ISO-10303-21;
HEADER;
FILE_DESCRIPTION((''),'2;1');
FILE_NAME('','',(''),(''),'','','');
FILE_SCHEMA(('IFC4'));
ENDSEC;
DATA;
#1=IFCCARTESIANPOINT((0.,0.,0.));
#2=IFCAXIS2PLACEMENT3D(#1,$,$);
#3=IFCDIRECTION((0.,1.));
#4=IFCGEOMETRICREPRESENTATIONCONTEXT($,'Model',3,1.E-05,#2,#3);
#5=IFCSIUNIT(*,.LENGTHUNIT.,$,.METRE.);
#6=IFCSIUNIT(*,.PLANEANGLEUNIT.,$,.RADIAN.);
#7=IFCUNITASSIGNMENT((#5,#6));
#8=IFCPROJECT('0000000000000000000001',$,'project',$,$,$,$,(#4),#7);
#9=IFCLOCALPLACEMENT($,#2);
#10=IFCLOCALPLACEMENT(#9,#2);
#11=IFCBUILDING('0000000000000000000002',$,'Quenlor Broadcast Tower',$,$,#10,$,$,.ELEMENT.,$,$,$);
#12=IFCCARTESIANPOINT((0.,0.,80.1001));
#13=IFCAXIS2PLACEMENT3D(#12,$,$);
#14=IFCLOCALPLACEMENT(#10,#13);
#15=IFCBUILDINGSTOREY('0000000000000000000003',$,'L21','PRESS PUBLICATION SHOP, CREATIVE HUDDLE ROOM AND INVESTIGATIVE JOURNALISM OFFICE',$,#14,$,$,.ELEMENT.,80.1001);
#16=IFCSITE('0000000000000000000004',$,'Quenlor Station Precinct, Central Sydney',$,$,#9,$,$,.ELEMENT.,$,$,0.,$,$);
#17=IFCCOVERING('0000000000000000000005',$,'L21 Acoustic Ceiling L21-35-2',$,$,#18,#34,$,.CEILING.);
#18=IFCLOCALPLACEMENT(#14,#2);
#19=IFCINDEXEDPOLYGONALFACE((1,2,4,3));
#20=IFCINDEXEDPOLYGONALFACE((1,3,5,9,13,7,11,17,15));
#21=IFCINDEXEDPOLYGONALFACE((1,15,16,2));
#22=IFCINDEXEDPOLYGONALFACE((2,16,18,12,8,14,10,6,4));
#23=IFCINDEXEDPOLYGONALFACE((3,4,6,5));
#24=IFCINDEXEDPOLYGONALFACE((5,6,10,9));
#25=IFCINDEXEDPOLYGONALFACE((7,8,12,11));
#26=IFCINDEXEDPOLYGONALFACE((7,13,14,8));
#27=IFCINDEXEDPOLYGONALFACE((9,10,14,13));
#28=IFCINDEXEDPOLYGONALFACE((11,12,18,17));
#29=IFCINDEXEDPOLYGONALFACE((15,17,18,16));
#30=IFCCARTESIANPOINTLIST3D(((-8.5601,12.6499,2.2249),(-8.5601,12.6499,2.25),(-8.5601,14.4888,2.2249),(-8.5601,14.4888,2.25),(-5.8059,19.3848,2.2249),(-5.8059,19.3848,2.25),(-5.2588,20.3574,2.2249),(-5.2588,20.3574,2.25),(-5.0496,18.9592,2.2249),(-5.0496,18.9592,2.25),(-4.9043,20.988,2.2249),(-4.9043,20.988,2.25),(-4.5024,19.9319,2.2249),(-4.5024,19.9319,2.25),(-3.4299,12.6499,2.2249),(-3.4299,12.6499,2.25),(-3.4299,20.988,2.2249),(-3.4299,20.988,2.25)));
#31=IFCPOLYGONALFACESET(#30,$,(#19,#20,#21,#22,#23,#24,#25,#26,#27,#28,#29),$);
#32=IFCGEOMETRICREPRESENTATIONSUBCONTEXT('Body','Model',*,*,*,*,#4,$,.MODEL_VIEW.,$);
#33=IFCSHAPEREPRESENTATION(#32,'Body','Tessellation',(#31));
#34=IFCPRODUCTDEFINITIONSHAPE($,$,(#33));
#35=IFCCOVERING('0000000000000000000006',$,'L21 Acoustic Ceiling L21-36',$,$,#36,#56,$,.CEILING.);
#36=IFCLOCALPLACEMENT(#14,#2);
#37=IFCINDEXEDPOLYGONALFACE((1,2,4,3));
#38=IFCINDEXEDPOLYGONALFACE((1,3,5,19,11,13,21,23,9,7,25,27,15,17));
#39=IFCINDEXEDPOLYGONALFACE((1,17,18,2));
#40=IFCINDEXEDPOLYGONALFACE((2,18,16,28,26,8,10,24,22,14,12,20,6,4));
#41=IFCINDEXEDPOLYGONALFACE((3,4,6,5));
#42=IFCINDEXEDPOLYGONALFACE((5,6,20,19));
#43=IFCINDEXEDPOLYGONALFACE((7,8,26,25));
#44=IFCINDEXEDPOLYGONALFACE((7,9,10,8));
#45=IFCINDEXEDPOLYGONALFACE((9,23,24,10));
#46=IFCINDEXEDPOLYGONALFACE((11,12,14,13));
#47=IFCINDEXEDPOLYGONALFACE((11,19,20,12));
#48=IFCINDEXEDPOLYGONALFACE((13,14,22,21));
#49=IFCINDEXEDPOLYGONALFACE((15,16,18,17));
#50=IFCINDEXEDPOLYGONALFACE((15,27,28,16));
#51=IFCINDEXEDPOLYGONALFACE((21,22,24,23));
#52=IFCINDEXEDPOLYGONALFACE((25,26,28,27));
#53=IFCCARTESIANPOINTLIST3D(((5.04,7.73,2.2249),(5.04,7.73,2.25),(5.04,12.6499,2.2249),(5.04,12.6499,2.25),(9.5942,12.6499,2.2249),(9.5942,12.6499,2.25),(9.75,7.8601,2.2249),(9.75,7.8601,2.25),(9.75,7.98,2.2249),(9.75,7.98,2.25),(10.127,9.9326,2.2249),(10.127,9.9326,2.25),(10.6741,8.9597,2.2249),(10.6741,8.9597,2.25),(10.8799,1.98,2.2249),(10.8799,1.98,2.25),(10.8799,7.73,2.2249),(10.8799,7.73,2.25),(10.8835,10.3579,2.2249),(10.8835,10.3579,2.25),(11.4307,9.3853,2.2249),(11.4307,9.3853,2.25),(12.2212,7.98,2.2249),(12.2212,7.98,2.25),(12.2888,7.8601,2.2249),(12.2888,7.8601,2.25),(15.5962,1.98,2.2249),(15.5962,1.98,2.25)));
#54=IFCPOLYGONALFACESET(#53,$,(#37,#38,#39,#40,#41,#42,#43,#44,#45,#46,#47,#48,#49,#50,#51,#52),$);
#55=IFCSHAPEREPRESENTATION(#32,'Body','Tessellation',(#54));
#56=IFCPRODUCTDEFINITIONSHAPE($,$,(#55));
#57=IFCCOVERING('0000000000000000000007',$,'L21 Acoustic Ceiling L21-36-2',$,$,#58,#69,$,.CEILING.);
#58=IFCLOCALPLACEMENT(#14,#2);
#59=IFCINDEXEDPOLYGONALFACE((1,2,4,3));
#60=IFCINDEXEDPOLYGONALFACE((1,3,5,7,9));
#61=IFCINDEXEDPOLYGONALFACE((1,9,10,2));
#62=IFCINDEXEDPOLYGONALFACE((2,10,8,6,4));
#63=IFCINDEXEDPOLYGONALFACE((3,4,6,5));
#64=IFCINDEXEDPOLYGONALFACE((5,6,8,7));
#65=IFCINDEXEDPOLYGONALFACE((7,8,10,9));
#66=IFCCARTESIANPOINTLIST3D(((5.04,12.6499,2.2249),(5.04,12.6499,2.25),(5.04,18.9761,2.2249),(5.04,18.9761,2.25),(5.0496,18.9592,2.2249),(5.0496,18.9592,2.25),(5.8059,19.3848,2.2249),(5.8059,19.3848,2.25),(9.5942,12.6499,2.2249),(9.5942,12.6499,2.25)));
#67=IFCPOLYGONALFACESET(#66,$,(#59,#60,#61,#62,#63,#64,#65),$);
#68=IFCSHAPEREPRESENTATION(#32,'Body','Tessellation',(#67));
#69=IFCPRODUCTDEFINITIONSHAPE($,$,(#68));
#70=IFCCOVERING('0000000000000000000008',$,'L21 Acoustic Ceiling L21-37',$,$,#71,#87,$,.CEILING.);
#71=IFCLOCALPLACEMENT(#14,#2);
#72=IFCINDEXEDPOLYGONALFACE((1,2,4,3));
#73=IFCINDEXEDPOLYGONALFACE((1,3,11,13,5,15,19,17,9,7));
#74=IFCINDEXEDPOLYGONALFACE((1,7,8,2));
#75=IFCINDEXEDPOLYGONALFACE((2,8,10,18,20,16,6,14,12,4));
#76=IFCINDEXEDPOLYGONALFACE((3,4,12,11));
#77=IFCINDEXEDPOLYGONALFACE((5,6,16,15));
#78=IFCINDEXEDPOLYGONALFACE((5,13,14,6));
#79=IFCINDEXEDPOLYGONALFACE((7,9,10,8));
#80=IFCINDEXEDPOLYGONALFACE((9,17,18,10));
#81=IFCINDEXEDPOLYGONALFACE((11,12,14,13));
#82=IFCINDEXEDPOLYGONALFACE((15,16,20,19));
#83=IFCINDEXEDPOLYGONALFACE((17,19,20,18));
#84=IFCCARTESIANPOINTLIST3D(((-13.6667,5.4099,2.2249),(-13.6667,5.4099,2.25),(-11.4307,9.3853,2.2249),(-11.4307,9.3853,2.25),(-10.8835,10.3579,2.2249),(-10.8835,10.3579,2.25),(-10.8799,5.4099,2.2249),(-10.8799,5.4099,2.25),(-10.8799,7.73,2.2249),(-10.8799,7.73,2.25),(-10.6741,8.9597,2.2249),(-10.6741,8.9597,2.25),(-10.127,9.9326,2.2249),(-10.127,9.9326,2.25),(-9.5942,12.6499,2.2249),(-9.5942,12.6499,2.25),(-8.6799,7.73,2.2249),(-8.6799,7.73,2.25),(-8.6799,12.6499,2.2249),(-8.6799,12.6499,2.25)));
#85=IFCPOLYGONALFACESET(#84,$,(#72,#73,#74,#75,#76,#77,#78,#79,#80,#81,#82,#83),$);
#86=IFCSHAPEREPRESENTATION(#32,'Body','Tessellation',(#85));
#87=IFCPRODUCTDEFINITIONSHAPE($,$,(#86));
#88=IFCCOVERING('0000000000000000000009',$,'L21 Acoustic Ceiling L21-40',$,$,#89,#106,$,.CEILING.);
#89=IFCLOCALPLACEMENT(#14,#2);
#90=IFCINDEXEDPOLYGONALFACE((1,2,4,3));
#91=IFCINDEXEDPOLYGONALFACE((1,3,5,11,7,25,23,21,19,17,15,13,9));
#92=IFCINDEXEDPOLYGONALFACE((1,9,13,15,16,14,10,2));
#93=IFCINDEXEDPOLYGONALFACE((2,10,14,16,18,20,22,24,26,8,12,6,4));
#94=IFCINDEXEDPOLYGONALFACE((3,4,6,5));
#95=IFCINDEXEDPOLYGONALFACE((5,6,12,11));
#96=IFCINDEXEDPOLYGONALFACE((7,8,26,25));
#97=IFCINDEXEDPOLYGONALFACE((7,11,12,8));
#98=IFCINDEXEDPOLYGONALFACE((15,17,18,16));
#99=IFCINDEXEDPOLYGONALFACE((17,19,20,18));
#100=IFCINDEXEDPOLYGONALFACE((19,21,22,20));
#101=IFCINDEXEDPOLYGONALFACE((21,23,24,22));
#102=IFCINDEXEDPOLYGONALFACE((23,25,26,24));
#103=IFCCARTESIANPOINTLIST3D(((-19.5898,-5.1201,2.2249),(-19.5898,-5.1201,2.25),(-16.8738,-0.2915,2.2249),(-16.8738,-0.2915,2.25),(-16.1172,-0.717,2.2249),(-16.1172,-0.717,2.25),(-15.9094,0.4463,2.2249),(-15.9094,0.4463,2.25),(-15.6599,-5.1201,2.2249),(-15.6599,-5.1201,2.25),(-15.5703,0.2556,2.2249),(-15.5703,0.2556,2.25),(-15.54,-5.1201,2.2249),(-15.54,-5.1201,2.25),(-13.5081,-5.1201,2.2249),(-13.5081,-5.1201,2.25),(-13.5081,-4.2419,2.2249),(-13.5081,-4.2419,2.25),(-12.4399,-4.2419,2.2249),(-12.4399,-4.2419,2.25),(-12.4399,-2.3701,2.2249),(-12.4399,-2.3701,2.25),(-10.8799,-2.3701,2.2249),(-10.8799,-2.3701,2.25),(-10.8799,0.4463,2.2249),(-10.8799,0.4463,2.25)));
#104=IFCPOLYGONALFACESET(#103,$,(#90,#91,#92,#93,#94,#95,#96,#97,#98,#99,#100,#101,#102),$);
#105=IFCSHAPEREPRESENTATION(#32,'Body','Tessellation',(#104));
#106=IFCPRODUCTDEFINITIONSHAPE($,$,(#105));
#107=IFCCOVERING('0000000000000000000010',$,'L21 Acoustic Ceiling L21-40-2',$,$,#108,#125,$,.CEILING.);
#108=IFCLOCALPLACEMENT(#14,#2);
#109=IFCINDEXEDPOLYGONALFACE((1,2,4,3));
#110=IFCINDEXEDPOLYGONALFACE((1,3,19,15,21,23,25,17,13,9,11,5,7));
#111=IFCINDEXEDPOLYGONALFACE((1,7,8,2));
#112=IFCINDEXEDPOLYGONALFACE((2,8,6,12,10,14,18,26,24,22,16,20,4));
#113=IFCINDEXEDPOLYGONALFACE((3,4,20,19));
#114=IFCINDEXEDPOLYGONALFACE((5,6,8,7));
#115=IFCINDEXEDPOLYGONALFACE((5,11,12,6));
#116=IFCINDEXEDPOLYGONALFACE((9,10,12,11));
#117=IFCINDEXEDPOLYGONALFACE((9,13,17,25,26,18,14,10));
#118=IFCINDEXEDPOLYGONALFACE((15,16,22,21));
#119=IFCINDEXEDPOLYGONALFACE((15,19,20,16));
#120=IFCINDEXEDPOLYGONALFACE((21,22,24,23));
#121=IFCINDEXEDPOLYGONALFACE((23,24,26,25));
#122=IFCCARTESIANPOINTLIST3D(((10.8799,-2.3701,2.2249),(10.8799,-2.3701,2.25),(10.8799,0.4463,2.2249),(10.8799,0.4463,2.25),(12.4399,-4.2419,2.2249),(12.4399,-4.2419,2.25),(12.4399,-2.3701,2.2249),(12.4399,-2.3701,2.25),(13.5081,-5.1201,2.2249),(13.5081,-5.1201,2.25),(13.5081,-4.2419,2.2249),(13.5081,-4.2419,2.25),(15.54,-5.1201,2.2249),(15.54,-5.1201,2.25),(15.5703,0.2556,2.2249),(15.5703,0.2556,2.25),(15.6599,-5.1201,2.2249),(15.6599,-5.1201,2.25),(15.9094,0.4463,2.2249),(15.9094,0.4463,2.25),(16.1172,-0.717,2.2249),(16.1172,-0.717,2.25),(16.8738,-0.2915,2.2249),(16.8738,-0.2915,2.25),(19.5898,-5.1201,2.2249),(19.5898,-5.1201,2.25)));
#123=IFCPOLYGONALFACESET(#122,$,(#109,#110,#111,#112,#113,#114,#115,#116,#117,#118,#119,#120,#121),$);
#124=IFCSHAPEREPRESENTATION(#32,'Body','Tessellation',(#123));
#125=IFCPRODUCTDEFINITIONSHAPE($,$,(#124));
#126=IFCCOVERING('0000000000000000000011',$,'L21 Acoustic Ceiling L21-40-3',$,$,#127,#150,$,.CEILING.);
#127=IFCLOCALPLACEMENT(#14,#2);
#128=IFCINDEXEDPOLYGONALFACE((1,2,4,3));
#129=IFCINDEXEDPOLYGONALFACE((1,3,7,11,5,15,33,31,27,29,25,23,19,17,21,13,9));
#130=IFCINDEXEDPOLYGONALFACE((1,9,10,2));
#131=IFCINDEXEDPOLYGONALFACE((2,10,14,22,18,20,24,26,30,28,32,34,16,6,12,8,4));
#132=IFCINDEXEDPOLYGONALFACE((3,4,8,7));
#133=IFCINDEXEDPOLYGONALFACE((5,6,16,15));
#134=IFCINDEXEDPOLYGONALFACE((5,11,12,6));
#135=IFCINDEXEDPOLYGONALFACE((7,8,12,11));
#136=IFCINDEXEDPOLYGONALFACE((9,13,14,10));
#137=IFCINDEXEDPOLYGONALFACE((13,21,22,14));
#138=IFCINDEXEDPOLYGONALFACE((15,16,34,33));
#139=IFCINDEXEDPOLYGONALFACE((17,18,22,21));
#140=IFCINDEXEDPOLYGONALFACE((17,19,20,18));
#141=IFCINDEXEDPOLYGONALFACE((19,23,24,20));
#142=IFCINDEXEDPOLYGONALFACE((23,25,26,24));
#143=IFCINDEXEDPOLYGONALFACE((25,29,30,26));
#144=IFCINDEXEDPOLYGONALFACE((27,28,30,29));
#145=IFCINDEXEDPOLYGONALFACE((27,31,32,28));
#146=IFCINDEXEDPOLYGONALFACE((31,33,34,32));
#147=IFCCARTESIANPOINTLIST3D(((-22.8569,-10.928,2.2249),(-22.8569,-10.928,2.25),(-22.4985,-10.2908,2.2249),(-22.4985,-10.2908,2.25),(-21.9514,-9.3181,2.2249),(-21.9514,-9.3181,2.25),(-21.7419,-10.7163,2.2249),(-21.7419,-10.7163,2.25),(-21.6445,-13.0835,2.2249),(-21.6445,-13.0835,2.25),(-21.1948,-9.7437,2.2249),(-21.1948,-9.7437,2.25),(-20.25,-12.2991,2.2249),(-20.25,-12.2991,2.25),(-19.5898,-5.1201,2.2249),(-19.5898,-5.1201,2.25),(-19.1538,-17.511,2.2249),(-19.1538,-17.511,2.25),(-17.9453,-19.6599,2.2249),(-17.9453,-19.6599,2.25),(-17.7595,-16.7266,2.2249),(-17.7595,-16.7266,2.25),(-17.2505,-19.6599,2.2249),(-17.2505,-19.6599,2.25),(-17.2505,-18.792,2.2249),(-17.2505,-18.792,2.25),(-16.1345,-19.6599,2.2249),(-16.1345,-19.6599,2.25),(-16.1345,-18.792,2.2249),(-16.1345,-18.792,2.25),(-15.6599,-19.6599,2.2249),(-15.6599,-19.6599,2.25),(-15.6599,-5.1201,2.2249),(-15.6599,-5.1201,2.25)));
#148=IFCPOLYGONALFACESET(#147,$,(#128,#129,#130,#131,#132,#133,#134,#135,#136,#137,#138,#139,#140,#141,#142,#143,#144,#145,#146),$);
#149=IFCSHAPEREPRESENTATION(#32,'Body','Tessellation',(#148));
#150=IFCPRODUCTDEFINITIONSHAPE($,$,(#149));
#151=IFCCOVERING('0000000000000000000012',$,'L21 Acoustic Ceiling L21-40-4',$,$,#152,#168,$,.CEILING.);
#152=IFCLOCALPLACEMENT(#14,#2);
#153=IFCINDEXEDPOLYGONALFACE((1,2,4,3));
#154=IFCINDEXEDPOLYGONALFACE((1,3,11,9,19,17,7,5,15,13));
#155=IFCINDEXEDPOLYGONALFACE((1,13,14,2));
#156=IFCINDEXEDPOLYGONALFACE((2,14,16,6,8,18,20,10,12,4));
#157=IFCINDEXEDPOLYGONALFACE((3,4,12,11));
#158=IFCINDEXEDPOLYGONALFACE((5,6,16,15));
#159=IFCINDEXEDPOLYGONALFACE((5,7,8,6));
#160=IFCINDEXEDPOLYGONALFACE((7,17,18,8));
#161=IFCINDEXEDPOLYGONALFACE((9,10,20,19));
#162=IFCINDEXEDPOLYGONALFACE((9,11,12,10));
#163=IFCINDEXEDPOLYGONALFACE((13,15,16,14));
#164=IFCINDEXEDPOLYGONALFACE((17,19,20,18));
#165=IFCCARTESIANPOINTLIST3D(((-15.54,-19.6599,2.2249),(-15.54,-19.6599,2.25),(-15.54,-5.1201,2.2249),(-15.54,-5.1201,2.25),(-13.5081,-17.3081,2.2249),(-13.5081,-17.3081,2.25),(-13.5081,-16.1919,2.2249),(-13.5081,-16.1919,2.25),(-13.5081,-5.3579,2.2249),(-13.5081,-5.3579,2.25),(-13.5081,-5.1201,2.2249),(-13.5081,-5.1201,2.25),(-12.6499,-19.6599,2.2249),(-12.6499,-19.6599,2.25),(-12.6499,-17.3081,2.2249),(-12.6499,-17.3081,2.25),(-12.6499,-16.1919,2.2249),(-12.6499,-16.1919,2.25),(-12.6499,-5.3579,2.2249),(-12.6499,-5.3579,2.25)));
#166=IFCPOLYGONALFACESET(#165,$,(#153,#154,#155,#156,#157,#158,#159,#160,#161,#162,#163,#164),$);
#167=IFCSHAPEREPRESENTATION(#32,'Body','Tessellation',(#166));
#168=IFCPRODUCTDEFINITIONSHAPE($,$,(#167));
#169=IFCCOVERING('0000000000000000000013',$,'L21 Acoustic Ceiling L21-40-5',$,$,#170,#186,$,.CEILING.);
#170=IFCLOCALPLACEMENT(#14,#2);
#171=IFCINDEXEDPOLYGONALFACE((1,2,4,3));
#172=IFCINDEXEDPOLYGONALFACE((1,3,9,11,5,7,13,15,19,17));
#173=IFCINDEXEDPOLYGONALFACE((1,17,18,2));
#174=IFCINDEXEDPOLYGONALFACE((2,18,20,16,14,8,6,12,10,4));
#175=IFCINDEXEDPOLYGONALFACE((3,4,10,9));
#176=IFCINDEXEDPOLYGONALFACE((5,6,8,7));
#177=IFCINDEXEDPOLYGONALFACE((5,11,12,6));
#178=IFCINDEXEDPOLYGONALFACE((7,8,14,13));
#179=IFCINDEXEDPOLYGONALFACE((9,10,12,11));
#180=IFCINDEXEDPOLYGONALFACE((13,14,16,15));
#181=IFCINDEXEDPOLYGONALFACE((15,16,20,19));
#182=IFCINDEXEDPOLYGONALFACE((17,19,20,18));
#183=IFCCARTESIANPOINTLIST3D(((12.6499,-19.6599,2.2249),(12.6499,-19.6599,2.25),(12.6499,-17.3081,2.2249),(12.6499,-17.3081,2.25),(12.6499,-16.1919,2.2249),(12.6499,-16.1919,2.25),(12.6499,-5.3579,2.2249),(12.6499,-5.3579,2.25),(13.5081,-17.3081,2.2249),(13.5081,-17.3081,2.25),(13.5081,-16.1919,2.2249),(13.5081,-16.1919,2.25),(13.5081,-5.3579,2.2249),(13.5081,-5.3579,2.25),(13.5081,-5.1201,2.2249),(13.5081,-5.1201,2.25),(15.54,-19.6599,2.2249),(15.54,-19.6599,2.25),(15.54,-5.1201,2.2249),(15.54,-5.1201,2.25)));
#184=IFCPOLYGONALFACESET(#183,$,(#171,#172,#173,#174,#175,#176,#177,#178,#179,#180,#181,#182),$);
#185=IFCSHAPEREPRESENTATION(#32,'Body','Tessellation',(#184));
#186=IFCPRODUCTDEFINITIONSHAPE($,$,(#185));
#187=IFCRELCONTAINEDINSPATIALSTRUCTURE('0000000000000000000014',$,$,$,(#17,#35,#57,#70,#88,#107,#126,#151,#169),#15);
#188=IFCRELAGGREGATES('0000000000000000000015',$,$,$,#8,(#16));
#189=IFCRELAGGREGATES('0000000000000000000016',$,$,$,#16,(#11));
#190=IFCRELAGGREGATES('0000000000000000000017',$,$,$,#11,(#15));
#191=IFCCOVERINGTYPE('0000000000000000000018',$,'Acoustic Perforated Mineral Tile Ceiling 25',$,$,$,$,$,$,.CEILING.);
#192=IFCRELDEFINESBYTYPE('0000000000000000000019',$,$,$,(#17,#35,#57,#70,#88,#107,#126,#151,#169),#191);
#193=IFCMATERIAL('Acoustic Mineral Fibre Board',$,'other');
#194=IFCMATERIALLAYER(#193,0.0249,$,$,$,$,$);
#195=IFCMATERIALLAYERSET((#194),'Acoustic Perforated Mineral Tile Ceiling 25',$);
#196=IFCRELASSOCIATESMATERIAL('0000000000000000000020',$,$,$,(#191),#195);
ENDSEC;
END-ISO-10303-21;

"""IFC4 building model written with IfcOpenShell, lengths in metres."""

from ifc_helpers import new_model, si_unit, direction, frame, origin, place, context, subcontext, project, spatial, polyline, outline, extrude, material, layer, layer_set, type_object, element, save


model = new_model("IFC4")

# Units and contexts
model_context = context("Model", 3, precision=1e-05, world=origin(), true_north=direction((0.0, 1.0)))
body_context = subcontext(model_context, "Body", "Model", "MODEL_VIEW")
ifc_project = project(units=[si_unit("LENGTHUNIT", "METRE"), si_unit("PLANEANGLEUNIT", "RADIAN")], contexts=[model_context])

# Site, building, storey
site_placement = place(None, origin())
site = spatial("IfcSite", under=ifc_project, at=site_placement, Name="Quenlor Station Precinct, Central Sydney", CompositionType="ELEMENT", RefElevation=0.0)
building_placement = place(site_placement, origin())
building = spatial("IfcBuilding", under=site, at=building_placement, Name="Quenlor Broadcast Tower", CompositionType="ELEMENT")
storey_placement = place(building_placement, frame((0.0, 0.0, 80.1001)))
storey = spatial("IfcBuildingStorey", under=building, at=storey_placement, Name="L21", Description="PRESS PUBLICATION SHOP, CREATIVE HUDDLE ROOM AND INVESTIGATIVE JOURNALISM OFFICE", CompositionType="ELEMENT", Elevation=80.1001)

# Coverings
ifc_material_1 = material(Name="Acoustic Mineral Fibre Board", Category="other")
ifc_layer_1 = layer(ifc_material_1, 0.0249)
ifc_layer_set_1 = layer_set([ifc_layer_1], Name="Acoustic Perforated Mineral Tile Ceiling 25")
covering_type_1 = type_object("IfcCoveringType", Name="Acoustic Perforated Mineral Tile Ceiling 25", PredefinedType="CEILING", material=ifc_layer_set_1)
covering_1_placement = place(storey_placement, frame((0.0, 0.0, 2.2249)))
element("IfcCovering", 1, at=covering_1_placement, inside=storey, type_object=covering_type_1, Name="L21 Acoustic Ceiling L21-35-2", PredefinedType="CEILING", context=body_context, shape_type="SweptSolid", body=[
    extrude(outline(polyline([(-5.8059, 19.3848), (-5.0496, 18.9592), (-4.5024, 19.9319), (-5.2588, 20.3574), (-4.9043, 20.988), (-3.4299, 20.988), (-3.4299, 12.6499), (-8.5601, 12.6499), (-8.5601, 14.4888), (-5.8059, 19.3848)])), origin(), (0.0, 0.0, 1.0), 0.0251),
])
covering_2_placement = place(storey_placement, frame((0.0, 0.0, 2.2249)))
element("IfcCovering", 2, at=covering_2_placement, inside=storey, type_object=covering_type_1, Name="L21 Acoustic Ceiling L21-36", PredefinedType="CEILING", context=body_context, shape_type="SweptSolid", body=[
    extrude(outline(polyline([(12.2888, 7.8601), (15.5962, 1.98), (10.8799, 1.98), (10.8799, 7.73), (5.04, 7.73), (5.04, 12.6499), (9.5942, 12.6499), (10.8835, 10.3579), (10.127, 9.9326), (10.6741, 8.9597), (11.4307, 9.3853), (12.2212, 7.98), (9.75, 7.98), (9.75, 7.8601), (12.2888, 7.8601)])), origin(), (0.0, 0.0, 1.0), 0.0251),
])
covering_3_placement = place(storey_placement, frame((0.0, 0.0, 2.2249)))
element("IfcCovering", 3, at=covering_3_placement, inside=storey, type_object=covering_type_1, Name="L21 Acoustic Ceiling L21-36-2", PredefinedType="CEILING", context=body_context, shape_type="SweptSolid", body=[
    extrude(outline(polyline([(5.04, 18.9761), (5.0496, 18.9592), (5.8059, 19.3848), (9.5942, 12.6499), (5.04, 12.6499), (5.04, 18.9761)])), origin(), (0.0, 0.0, 1.0), 0.0251),
])
covering_4_placement = place(storey_placement, frame((0.0, 0.0, 2.2249)))
element("IfcCovering", 4, at=covering_4_placement, inside=storey, type_object=covering_type_1, Name="L21 Acoustic Ceiling L21-37", PredefinedType="CEILING", context=body_context, shape_type="SweptSolid", body=[
    extrude(outline(polyline([(-10.8799, 5.4099), (-13.6667, 5.4099), (-11.4307, 9.3853), (-10.6741, 8.9597), (-10.127, 9.9326), (-10.8835, 10.3579), (-9.5942, 12.6499), (-8.6799, 12.6499), (-8.6799, 7.73), (-10.8799, 7.73), (-10.8799, 5.4099)])), origin(), (0.0, 0.0, 1.0), 0.0251),
])
covering_5_placement = place(storey_placement, frame((0.0, 0.0, 2.2249)))
element("IfcCovering", 5, at=covering_5_placement, inside=storey, type_object=covering_type_1, Name="L21 Acoustic Ceiling L21-40", PredefinedType="CEILING", context=body_context, shape_type="SweptSolid", body=[
    extrude(outline(polyline([(-16.8738, -0.2915), (-16.1172, -0.717), (-15.5703, 0.2556), (-15.9094, 0.4463), (-10.8799, 0.4463), (-10.8799, -2.3701), (-12.4399, -2.3701), (-12.4399, -4.2419), (-13.5081, -4.2419), (-13.5081, -5.1201), (-15.54, -5.1201), (-15.6599, -5.1201), (-19.5898, -5.1201), (-16.8738, -0.2915)])), origin(), (0.0, 0.0, 1.0), 0.0251),
])
covering_6_placement = place(storey_placement, frame((0.0, 0.0, 2.2249)))
element("IfcCovering", 6, at=covering_6_placement, inside=storey, type_object=covering_type_1, Name="L21 Acoustic Ceiling L21-40-2", PredefinedType="CEILING", context=body_context, shape_type="SweptSolid", body=[
    extrude(outline(polyline([(13.5081, -4.2419), (12.4399, -4.2419), (12.4399, -2.3701), (10.8799, -2.3701), (10.8799, 0.4463), (15.9094, 0.4463), (15.5703, 0.2556), (16.1172, -0.717), (16.8738, -0.2915), (19.5898, -5.1201), (15.6599, -5.1201), (15.54, -5.1201), (13.5081, -5.1201), (13.5081, -4.2419)])), origin(), (0.0, 0.0, 1.0), 0.0251),
])
covering_7_placement = place(storey_placement, frame((0.0, 0.0, 2.2249)))
element("IfcCovering", 7, at=covering_7_placement, inside=storey, type_object=covering_type_1, Name="L21 Acoustic Ceiling L21-40-3", PredefinedType="CEILING", context=body_context, shape_type="SweptSolid", body=[
    extrude(outline(polyline([(-22.8569, -10.928), (-22.4985, -10.2908), (-21.7419, -10.7163), (-21.1948, -9.7437), (-21.9514, -9.3181), (-19.5898, -5.1201), (-15.6599, -5.1201), (-15.6599, -19.6599), (-16.1345, -19.6599), (-16.1345, -18.792), (-17.2505, -18.792), (-17.2505, -19.6599), (-17.9453, -19.6599), (-19.1538, -17.511), (-17.7595, -16.7266), (-20.25, -12.2991), (-21.6445, -13.0835), (-22.8569, -10.928)])), origin(), (0.0, 0.0, 1.0), 0.0251),
])
covering_8_placement = place(storey_placement, frame((0.0, 0.0, 2.2249)))
element("IfcCovering", 8, at=covering_8_placement, inside=storey, type_object=covering_type_1, Name="L21 Acoustic Ceiling L21-40-4", PredefinedType="CEILING", context=body_context, shape_type="SweptSolid", body=[
    extrude(outline(polyline([(-13.5081, -5.3579), (-12.6499, -5.3579), (-12.6499, -16.1919), (-13.5081, -16.1919), (-13.5081, -17.3081), (-12.6499, -17.3081), (-12.6499, -19.6599), (-15.54, -19.6599), (-15.54, -5.1201), (-13.5081, -5.1201), (-13.5081, -5.3579)])), origin(), (0.0, 0.0, 1.0), 0.0251),
])
covering_9_placement = place(storey_placement, frame((0.0, 0.0, 2.2249)))
element("IfcCovering", 9, at=covering_9_placement, inside=storey, type_object=covering_type_1, Name="L21 Acoustic Ceiling L21-40-5", PredefinedType="CEILING", context=body_context, shape_type="SweptSolid", body=[
    extrude(outline(polyline([(13.5081, -17.3081), (13.5081, -16.1919), (12.6499, -16.1919), (12.6499, -5.3579), (13.5081, -5.3579), (13.5081, -5.1201), (15.54, -5.1201), (15.54, -19.6599), (12.6499, -19.6599), (12.6499, -17.3081), (13.5081, -17.3081)])), origin(), (0.0, 0.0, 1.0), 0.0251),
])

save(model, "model.ifc")
